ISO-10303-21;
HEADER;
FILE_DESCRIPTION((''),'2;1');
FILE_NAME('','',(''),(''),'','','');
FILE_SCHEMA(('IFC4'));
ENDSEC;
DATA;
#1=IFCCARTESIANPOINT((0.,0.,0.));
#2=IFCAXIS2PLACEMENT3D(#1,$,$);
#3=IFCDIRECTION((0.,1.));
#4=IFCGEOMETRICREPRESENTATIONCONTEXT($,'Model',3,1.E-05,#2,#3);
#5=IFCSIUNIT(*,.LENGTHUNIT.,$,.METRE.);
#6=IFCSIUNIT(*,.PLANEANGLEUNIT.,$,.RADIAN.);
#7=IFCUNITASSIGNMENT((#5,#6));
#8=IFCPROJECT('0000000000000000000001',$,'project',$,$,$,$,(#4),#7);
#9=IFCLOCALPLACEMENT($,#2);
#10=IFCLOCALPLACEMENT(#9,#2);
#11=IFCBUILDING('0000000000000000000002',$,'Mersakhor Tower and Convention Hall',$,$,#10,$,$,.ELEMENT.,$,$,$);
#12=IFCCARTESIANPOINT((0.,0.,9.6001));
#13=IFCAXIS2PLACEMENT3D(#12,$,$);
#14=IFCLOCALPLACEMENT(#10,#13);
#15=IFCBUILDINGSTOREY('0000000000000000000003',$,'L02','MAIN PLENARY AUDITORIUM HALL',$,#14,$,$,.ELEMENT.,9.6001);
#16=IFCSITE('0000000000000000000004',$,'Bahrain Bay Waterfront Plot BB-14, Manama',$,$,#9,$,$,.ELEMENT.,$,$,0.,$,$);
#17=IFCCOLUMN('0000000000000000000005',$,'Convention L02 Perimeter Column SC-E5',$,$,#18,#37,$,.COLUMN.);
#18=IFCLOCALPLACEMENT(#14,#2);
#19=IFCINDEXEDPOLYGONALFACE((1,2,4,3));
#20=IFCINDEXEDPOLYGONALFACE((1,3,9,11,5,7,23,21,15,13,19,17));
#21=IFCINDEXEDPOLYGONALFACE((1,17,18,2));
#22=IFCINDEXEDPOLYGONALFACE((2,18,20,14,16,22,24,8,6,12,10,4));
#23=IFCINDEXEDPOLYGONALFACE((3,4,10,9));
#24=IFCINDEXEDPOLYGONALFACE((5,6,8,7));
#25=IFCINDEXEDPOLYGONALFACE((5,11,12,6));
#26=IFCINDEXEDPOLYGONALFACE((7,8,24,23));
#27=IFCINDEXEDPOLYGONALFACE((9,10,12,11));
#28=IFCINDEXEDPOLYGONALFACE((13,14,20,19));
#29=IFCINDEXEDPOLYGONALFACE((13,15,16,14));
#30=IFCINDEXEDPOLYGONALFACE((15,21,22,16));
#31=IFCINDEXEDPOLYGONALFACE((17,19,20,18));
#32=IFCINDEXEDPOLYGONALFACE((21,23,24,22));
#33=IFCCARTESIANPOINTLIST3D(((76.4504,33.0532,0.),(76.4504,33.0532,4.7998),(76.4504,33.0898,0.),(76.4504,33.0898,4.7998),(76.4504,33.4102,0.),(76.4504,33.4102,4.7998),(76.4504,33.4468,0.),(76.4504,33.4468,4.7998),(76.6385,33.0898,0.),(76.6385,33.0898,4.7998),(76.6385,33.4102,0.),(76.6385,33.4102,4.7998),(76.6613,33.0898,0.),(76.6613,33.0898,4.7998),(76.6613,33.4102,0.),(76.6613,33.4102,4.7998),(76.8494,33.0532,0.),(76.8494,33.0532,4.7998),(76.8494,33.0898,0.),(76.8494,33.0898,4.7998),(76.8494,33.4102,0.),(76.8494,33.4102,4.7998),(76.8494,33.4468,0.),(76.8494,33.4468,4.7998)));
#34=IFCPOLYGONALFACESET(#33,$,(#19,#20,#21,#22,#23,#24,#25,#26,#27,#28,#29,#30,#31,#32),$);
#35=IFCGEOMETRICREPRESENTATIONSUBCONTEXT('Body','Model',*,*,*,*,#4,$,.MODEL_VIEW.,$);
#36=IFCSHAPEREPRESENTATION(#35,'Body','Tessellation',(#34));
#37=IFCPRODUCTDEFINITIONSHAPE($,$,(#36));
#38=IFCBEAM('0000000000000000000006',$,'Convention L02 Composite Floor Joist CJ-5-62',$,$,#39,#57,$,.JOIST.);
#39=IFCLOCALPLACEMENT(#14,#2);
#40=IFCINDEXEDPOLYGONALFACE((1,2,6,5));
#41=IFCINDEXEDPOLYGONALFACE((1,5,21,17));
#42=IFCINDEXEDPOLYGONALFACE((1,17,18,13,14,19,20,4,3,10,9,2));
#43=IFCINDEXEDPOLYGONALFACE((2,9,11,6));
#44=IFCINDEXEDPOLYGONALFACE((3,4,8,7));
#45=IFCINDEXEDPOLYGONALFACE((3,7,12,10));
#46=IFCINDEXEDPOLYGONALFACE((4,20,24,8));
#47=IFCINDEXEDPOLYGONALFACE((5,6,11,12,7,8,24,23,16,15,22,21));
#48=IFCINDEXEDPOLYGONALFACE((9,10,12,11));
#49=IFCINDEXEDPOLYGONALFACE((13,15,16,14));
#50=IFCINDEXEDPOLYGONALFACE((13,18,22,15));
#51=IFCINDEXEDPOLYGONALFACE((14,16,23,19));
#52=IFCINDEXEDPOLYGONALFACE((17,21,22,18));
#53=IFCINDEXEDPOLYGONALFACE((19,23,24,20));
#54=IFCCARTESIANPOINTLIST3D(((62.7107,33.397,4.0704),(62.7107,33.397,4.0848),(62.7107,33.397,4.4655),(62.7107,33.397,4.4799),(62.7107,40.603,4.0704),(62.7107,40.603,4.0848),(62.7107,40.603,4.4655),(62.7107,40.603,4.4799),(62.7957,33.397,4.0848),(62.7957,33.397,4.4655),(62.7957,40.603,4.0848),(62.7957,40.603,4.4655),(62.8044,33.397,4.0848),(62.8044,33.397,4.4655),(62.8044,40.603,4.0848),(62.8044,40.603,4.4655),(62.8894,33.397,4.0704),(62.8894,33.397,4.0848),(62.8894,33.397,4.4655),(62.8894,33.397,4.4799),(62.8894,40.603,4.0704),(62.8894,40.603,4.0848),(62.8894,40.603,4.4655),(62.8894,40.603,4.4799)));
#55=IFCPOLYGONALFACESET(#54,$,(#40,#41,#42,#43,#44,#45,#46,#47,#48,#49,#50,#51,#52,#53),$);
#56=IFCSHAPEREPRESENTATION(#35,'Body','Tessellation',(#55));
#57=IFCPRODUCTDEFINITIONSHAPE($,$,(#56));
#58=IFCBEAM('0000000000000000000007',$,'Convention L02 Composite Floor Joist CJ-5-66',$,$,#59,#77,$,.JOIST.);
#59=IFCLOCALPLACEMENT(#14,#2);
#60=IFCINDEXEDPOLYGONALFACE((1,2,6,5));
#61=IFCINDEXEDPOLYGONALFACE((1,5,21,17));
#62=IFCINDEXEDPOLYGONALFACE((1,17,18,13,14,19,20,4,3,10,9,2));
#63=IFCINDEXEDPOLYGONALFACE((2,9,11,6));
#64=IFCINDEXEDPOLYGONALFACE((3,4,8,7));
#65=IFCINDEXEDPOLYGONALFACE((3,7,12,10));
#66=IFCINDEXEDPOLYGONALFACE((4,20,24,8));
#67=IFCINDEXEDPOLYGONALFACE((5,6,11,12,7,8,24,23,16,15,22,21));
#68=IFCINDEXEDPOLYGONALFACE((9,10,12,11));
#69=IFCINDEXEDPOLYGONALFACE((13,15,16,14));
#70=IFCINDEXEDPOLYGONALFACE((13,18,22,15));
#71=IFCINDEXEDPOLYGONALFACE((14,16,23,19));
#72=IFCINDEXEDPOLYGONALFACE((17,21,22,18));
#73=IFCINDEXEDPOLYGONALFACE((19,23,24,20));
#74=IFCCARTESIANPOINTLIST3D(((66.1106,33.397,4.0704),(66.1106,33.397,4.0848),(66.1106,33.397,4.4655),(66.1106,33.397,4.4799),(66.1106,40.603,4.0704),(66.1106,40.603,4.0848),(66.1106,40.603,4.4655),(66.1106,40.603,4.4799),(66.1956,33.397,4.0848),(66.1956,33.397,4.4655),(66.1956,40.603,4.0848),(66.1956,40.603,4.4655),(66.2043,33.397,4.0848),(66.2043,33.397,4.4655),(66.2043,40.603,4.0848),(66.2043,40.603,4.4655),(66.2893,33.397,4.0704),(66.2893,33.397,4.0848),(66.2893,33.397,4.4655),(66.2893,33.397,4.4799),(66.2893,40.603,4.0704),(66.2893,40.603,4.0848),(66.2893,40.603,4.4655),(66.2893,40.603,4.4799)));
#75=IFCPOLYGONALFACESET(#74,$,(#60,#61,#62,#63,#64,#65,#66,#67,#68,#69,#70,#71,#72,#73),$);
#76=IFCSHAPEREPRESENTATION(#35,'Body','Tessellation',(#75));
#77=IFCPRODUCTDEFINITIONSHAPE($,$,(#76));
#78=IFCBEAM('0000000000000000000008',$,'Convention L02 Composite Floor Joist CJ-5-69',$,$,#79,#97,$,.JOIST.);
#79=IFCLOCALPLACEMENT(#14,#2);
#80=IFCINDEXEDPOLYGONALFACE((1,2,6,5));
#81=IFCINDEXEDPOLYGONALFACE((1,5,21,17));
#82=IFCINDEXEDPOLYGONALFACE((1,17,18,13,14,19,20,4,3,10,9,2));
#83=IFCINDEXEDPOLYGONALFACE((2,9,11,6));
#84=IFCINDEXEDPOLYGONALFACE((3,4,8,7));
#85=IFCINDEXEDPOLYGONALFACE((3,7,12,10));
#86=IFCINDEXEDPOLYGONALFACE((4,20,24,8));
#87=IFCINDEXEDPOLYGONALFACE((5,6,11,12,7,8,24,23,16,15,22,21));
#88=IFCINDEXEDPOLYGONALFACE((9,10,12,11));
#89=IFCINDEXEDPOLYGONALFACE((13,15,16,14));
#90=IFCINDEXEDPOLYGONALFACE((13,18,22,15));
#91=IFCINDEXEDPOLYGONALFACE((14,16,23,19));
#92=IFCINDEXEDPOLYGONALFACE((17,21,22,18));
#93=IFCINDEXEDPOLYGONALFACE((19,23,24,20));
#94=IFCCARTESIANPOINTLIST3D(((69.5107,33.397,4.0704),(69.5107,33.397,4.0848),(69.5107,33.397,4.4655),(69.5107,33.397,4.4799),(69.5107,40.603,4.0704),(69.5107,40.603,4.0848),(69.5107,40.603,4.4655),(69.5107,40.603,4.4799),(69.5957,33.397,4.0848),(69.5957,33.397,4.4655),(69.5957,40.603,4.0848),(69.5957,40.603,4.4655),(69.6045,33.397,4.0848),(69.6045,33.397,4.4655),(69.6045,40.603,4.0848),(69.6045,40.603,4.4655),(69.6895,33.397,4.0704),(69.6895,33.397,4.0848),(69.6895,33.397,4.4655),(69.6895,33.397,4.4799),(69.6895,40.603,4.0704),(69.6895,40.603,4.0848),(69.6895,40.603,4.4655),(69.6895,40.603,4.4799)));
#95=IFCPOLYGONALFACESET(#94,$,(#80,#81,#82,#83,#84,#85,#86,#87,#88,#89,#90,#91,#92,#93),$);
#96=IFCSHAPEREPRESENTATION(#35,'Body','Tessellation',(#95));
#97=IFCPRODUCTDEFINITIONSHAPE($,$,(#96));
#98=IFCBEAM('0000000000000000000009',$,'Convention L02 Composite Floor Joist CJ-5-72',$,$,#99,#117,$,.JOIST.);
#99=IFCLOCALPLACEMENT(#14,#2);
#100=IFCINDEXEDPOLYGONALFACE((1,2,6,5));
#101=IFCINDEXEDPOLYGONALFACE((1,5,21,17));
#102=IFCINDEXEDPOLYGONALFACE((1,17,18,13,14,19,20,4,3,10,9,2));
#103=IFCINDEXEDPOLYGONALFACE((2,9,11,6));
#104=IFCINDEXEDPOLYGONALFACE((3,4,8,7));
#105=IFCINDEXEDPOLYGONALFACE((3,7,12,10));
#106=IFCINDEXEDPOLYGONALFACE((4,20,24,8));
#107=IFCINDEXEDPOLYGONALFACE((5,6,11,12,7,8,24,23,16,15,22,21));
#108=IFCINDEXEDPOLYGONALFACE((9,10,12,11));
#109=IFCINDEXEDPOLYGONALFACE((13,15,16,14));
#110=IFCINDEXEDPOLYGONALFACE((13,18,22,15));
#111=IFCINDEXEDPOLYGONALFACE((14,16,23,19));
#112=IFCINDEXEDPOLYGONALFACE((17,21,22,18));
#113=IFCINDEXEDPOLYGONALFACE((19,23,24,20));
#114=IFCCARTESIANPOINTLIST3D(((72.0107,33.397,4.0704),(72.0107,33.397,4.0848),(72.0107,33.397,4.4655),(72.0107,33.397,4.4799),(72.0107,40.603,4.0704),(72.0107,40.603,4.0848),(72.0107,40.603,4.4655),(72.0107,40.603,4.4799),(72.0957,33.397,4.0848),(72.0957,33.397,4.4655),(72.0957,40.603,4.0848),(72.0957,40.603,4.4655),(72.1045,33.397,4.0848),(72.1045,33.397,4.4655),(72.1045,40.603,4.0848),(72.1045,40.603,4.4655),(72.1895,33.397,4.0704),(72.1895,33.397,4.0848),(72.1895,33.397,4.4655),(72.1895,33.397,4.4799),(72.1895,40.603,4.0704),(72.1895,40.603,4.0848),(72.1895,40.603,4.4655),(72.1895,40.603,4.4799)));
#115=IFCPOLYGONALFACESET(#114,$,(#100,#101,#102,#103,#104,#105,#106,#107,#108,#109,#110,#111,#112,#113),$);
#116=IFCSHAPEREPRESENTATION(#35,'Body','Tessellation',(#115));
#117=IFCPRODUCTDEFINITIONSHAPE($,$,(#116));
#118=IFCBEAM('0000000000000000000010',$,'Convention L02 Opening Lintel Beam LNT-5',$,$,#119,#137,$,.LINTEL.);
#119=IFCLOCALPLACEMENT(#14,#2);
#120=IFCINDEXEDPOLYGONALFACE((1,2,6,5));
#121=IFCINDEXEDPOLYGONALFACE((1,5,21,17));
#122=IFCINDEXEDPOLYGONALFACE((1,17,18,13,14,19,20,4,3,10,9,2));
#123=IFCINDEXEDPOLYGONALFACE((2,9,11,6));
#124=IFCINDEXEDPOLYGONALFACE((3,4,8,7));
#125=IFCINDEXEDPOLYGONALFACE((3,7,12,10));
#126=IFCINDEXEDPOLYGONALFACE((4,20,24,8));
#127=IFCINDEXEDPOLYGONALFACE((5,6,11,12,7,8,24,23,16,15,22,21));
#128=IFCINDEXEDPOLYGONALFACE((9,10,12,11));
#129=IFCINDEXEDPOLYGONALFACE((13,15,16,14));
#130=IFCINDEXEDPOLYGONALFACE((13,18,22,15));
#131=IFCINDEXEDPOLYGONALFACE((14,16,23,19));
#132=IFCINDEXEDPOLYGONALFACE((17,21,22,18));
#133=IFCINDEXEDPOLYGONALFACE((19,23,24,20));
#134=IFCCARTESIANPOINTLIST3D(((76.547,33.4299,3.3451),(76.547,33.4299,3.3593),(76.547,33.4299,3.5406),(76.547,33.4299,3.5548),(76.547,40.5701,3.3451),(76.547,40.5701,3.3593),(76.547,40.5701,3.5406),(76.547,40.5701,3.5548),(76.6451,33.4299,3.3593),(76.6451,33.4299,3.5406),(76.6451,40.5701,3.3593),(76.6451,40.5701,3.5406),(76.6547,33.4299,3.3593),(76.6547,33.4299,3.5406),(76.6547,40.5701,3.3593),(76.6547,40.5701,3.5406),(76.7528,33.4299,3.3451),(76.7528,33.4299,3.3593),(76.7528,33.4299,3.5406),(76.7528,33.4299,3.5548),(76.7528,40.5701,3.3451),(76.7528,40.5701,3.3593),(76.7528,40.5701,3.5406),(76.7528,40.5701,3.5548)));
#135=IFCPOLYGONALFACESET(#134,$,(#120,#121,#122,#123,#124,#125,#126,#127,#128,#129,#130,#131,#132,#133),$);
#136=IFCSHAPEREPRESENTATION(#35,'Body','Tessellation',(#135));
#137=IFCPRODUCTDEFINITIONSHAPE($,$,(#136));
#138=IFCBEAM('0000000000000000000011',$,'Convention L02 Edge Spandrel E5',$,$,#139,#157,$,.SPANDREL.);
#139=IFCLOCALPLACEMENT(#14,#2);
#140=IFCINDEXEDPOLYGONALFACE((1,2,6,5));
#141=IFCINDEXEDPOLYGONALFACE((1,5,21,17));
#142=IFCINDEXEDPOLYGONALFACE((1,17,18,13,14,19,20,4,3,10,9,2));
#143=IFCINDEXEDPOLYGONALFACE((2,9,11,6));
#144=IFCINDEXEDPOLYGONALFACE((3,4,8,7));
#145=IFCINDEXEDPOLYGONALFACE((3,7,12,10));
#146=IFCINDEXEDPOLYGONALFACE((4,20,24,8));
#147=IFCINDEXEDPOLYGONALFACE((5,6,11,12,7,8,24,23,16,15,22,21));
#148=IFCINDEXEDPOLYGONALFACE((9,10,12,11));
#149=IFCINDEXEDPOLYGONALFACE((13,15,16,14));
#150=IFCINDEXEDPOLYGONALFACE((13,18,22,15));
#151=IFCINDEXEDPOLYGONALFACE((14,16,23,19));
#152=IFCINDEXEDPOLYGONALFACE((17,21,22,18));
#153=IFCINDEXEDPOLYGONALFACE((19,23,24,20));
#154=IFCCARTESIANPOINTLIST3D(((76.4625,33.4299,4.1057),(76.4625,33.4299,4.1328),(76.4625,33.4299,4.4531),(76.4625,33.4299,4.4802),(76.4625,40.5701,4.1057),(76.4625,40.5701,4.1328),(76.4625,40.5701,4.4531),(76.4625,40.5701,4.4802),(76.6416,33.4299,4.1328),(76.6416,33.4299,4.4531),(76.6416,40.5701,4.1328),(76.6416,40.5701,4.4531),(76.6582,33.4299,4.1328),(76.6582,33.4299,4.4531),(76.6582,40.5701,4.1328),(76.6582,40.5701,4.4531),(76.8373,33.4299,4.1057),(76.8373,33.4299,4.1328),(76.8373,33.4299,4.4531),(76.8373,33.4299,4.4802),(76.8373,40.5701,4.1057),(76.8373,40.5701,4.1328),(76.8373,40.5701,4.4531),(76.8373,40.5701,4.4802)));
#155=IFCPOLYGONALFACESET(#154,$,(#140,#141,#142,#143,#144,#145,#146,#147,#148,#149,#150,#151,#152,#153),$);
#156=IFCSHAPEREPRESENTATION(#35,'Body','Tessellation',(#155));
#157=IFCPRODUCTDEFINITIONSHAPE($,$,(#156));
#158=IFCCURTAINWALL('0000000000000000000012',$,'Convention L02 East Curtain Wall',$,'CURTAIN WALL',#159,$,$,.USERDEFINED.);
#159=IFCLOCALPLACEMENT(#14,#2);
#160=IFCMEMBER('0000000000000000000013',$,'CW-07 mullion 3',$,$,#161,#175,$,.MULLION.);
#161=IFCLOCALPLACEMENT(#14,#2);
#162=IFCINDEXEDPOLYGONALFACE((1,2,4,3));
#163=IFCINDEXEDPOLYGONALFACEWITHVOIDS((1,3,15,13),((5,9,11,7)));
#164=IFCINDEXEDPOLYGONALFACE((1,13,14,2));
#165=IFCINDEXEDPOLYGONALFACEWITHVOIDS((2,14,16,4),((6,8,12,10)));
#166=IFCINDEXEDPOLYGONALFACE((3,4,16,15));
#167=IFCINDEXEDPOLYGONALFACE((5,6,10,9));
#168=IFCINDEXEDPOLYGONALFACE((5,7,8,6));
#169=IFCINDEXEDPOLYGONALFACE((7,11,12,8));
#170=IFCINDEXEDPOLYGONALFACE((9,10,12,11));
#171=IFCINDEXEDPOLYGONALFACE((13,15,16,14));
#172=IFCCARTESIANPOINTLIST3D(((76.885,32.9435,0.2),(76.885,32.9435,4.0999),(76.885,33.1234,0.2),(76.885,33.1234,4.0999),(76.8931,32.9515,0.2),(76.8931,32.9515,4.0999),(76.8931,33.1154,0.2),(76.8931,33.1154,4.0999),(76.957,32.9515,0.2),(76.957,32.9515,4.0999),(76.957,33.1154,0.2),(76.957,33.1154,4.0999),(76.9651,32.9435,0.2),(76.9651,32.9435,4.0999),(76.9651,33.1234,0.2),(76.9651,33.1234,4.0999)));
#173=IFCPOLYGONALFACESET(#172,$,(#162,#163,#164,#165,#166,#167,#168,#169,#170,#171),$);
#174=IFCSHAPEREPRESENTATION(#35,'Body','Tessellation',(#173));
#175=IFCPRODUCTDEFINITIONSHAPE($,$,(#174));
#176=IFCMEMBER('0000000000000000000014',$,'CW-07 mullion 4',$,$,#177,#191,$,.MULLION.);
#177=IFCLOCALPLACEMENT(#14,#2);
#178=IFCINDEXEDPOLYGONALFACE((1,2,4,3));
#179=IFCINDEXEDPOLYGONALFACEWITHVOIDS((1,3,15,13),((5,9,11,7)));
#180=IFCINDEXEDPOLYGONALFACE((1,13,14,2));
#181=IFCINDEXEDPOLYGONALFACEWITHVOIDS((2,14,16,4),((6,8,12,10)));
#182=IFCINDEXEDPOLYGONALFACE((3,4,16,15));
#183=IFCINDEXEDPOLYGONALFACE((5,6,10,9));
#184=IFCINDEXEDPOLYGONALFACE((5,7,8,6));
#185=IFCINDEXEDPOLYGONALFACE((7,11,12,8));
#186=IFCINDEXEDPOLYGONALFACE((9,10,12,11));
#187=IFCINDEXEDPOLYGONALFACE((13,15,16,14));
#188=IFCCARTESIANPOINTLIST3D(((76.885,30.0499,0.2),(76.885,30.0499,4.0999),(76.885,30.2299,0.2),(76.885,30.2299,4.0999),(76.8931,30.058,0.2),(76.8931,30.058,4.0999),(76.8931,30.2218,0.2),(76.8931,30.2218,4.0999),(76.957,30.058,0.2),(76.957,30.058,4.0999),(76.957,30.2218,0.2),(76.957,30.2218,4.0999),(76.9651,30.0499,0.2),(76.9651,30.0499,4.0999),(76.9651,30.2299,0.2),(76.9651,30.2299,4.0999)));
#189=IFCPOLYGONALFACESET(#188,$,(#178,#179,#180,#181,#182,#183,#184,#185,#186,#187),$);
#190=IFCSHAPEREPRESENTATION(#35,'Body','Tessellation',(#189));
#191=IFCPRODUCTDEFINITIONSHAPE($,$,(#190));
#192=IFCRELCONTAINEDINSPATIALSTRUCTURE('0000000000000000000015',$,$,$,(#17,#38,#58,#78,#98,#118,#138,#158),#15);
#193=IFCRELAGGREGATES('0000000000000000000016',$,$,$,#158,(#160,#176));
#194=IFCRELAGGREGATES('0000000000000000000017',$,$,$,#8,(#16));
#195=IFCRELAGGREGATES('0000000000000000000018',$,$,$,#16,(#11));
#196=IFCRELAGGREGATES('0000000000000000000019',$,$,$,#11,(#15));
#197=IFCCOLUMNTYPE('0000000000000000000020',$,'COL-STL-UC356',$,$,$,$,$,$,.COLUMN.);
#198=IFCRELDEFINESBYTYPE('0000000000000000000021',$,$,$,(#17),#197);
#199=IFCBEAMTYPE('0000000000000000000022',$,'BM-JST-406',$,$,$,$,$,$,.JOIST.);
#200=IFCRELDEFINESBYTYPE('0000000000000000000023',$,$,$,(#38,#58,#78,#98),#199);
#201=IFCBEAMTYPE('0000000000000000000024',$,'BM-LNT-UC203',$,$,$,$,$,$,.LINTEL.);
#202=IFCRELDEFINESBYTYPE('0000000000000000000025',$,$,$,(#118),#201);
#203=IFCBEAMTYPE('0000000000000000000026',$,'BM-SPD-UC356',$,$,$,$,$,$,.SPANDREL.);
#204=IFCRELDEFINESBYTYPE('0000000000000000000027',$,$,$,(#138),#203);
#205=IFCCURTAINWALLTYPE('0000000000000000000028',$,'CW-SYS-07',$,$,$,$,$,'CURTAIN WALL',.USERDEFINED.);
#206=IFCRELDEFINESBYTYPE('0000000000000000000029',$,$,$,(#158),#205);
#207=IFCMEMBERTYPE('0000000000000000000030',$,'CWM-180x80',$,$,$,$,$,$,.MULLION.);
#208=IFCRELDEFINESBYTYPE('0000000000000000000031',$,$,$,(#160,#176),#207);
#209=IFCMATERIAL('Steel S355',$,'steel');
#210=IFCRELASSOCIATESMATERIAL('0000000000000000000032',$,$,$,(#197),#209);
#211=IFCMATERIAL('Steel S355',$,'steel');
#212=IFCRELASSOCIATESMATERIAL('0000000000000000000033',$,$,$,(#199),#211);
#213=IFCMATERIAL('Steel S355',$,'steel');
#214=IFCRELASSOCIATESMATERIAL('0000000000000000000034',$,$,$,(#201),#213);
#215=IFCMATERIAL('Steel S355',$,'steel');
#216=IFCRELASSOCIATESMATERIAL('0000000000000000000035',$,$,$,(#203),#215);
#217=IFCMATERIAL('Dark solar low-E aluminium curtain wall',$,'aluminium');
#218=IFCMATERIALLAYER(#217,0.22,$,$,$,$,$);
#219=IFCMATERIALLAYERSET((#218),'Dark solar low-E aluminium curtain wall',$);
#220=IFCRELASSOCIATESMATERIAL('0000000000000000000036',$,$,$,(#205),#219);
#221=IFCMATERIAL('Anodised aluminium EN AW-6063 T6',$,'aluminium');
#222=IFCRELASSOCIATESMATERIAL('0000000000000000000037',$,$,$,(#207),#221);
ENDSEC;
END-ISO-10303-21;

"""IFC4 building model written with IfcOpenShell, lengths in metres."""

from ifc_helpers import new_model, si_unit, direction, frame, origin, origin_2d, place, context, subcontext, project, spatial, hollow_rectangle, i_section, extrude, material, layer, layer_set, material_profile, profile_set, type_object, element, aggregate, save


model = new_model("IFC4")

# Units and contexts
model_context = context("Model", 3, precision=1e-05, world=origin(), true_north=direction((0.0, 1.0)))
body_context = subcontext(model_context, "Body", "Model", "MODEL_VIEW")
ifc_project = project(units=[si_unit("LENGTHUNIT", "METRE"), si_unit("PLANEANGLEUNIT", "RADIAN")], contexts=[model_context])

# Site, building, storey
site_placement = place(None, origin())
site = spatial("IfcSite", under=ifc_project, at=site_placement, Name="Bahrain Bay Waterfront Plot BB-14, Manama", CompositionType="ELEMENT", RefElevation=0.0)
building_placement = place(site_placement, origin())
building = spatial("IfcBuilding", under=site, at=building_placement, Name="Mersakhor Tower and Convention Hall", CompositionType="ELEMENT")
storey_placement = place(building_placement, frame((0.0, 0.0, 9.6001)))
storey = spatial("IfcBuildingStorey", under=building, at=storey_placement, Name="L02", Description="MAIN PLENARY AUDITORIUM HALL", CompositionType="ELEMENT", Elevation=9.6001)

# Column
ifc_material_1 = material(Name="Steel S355", Category="steel")
ifc_material_profile_1 = material_profile(ifc_material_1, i_section(OverallWidth=0.3989, OverallDepth=0.3936, WebThickness=0.0227, FlangeThickness=0.0366, at=origin_2d()), Name="UC 356x406x287")
ifc_profile_set_1 = profile_set([ifc_material_profile_1], Name="Steel S355")
column_type = type_object("IfcColumnType", Name="COL-STL-UC356", PredefinedType="COLUMN", material=ifc_profile_set_1)
column_placement = place(storey_placement, frame((76.6499, 33.25, 0.0), z_axis=(0.0, 0.0, 1.0), x_axis=(1.0, 0.0, 0.0)))
element("IfcColumn", 1, at=column_placement, inside=storey, type_object=column_type, Name="Convention L02 Perimeter Column SC-E5", PredefinedType="COLUMN", context=body_context, shape_type="SweptSolid", body=[
    extrude(i_section(OverallWidth=0.3989, OverallDepth=0.3936, WebThickness=0.0227, FlangeThickness=0.0366, at=origin_2d()), origin(), (0.0, 0.0, 1.0), 4.7998),
])

# Beams
ifc_material_2 = material(Name="Steel S355", Category="steel")
ifc_material_profile_2 = material_profile(ifc_material_2, i_section(OverallWidth=0.1787, OverallDepth=0.4094, WebThickness=0.0088, FlangeThickness=0.0144, at=origin_2d()), Name="UB 406x178x67")
ifc_profile_set_2 = profile_set([ifc_material_profile_2], Name="Steel S355")
beam_type_1 = type_object("IfcBeamType", Name="BM-JST-406", PredefinedType="JOIST", material=ifc_profile_set_2)
for number, where, z_axis, x_axis, name in (
    (2, (62.8, 33.397, 4.2751), (0.0, 1.0, 0.0), (-1.0, 0.0, 0.0), "Convention L02 Composite Floor Joist CJ-5-62"),
    (3, (66.2, 33.397, 4.2751), (0.0, 1.0, 0.0), (-1.0, 0.0, 0.0), "Convention L02 Composite Floor Joist CJ-5-66"),
    (4, (69.6001, 33.397, 4.2751), (0.0, 1.0, 0.0), (-1.0, 0.0, 0.0), "Convention L02 Composite Floor Joist CJ-5-69"),
    (5, (72.1001, 33.397, 4.2751), (0.0, 1.0, 0.0), (-1.0, 0.0, 0.0), "Convention L02 Composite Floor Joist CJ-5-72"),
):
    element("IfcBeam", number, at=place(storey_placement, frame(where, z_axis=z_axis, x_axis=x_axis)), inside=storey, type_object=beam_type_1, Name=name, PredefinedType="JOIST", context=body_context, shape_type="SweptSolid", body=[
        extrude(i_section(OverallWidth=0.1787, OverallDepth=0.4094, WebThickness=0.0088, FlangeThickness=0.0144, at=origin_2d()), origin(), (0.0, 0.0, 1.0), 7.2061),
    ])
ifc_material_3 = material(Name="Steel S355", Category="steel")
ifc_material_profile_3 = material_profile(ifc_material_3, i_section(OverallWidth=0.2058, OverallDepth=0.2097, WebThickness=0.0095, FlangeThickness=0.0142, at=origin_2d()), Name="UC 203x203x60")
ifc_profile_set_3 = profile_set([ifc_material_profile_3], Name="Steel S355")
beam_type_2 = type_object("IfcBeamType", Name="BM-LNT-UC203", PredefinedType="LINTEL", material=ifc_profile_set_3)
beam_1_placement = place(storey_placement, frame((76.6499, 33.4299, 3.45), z_axis=(0.0, 1.0, 0.0), x_axis=(-1.0, 0.0, 0.0)))
element("IfcBeam", 6, at=beam_1_placement, inside=storey, type_object=beam_type_2, Name="Convention L02 Opening Lintel Beam LNT-5", PredefinedType="LINTEL", context=body_context, shape_type="SweptSolid", body=[
    extrude(i_section(OverallWidth=0.2058, OverallDepth=0.2097, WebThickness=0.0095, FlangeThickness=0.0142, at=origin_2d()), origin(), (0.0, 0.0, 1.0), 7.1401),
])
ifc_material_4 = material(Name="Steel S355", Category="steel")
ifc_material_profile_4 = material_profile(ifc_material_4, i_section(OverallWidth=0.3748, OverallDepth=0.3745, WebThickness=0.0166, FlangeThickness=0.0271, at=origin_2d()), Name="UC 356x368x202")
ifc_profile_set_4 = profile_set([ifc_material_profile_4], Name="Steel S355")
beam_type_3 = type_object("IfcBeamType", Name="BM-SPD-UC356", PredefinedType="SPANDREL", material=ifc_profile_set_4)
beam_2_placement = place(storey_placement, frame((76.6499, 33.4299, 4.293), z_axis=(0.0, 1.0, 0.0), x_axis=(-1.0, 0.0, 0.0)))
element("IfcBeam", 7, at=beam_2_placement, inside=storey, type_object=beam_type_3, Name="Convention L02 Edge Spandrel E5", PredefinedType="SPANDREL", context=body_context, shape_type="SweptSolid", body=[
    extrude(i_section(OverallWidth=0.3748, OverallDepth=0.3745, WebThickness=0.0166, FlangeThickness=0.0271, at=origin_2d()), origin(), (0.0, 0.0, 1.0), 7.1401),
])

# Curtain wall, members
ifc_material_5 = material(Name="Dark solar low-E aluminium curtain wall", Category="aluminium")
ifc_layer_1 = layer(ifc_material_5, 0.22)
ifc_layer_set_1 = layer_set([ifc_layer_1], Name="Dark solar low-E aluminium curtain wall")
curtain_wall_type = type_object("IfcCurtainWallType", Name="CW-SYS-07", ElementType="CURTAIN WALL", PredefinedType="USERDEFINED", material=ifc_layer_set_1)
curtain_wall_placement = place(storey_placement, origin())
curtain_wall = element("IfcCurtainWall", 8, at=curtain_wall_placement, inside=storey, type_object=curtain_wall_type, Name="Convention L02 East Curtain Wall", ObjectType="CURTAIN WALL", PredefinedType="USERDEFINED")
ifc_material_6 = material(Name="Anodised aluminium EN AW-6063 T6", Category="aluminium")
ifc_material_profile_5 = material_profile(ifc_material_6, hollow_rectangle(XDim=0.0801, YDim=0.1799, WallThickness=0.0081, at=origin_2d()), Name="RHS 180x80x8")
ifc_profile_set_5 = profile_set([ifc_material_profile_5], Name="Anodised aluminium EN AW-6063 T6")
member_type_1 = type_object("IfcMemberType", Name="CWM-180x80", PredefinedType="MULLION", material=ifc_profile_set_5)
member_1_placement = place(storey_placement, frame((76.925, 33.0334, 0.2), z_axis=(0.0, 0.0, 1.0), x_axis=(1.0, 0.0, 0.0)))
member_1 = element("IfcMember", 9, at=member_1_placement, type_object=member_type_1, Name="CW-07 mullion 3", PredefinedType="MULLION", context=body_context, shape_type="SweptSolid", body=[
    extrude(hollow_rectangle(XDim=0.0801, YDim=0.1799, WallThickness=0.0081, at=origin_2d()), origin(), (0.0, 0.0, 1.0), 3.8999),
])
member_2_placement = place(storey_placement, frame((76.925, 30.1399, 0.2), z_axis=(0.0, 0.0, 1.0), x_axis=(1.0, 0.0, 0.0)))
member_2 = element("IfcMember", 10, at=member_2_placement, type_object=member_type_1, Name="CW-07 mullion 4", PredefinedType="MULLION", context=body_context, shape_type="SweptSolid", body=[
    extrude(hollow_rectangle(XDim=0.0801, YDim=0.1799, WallThickness=0.0081, at=origin_2d()), origin(), (0.0, 0.0, 1.0), 3.8999),
])

aggregate(curtain_wall, [member_1, member_2])

save(model, "model.ifc")
